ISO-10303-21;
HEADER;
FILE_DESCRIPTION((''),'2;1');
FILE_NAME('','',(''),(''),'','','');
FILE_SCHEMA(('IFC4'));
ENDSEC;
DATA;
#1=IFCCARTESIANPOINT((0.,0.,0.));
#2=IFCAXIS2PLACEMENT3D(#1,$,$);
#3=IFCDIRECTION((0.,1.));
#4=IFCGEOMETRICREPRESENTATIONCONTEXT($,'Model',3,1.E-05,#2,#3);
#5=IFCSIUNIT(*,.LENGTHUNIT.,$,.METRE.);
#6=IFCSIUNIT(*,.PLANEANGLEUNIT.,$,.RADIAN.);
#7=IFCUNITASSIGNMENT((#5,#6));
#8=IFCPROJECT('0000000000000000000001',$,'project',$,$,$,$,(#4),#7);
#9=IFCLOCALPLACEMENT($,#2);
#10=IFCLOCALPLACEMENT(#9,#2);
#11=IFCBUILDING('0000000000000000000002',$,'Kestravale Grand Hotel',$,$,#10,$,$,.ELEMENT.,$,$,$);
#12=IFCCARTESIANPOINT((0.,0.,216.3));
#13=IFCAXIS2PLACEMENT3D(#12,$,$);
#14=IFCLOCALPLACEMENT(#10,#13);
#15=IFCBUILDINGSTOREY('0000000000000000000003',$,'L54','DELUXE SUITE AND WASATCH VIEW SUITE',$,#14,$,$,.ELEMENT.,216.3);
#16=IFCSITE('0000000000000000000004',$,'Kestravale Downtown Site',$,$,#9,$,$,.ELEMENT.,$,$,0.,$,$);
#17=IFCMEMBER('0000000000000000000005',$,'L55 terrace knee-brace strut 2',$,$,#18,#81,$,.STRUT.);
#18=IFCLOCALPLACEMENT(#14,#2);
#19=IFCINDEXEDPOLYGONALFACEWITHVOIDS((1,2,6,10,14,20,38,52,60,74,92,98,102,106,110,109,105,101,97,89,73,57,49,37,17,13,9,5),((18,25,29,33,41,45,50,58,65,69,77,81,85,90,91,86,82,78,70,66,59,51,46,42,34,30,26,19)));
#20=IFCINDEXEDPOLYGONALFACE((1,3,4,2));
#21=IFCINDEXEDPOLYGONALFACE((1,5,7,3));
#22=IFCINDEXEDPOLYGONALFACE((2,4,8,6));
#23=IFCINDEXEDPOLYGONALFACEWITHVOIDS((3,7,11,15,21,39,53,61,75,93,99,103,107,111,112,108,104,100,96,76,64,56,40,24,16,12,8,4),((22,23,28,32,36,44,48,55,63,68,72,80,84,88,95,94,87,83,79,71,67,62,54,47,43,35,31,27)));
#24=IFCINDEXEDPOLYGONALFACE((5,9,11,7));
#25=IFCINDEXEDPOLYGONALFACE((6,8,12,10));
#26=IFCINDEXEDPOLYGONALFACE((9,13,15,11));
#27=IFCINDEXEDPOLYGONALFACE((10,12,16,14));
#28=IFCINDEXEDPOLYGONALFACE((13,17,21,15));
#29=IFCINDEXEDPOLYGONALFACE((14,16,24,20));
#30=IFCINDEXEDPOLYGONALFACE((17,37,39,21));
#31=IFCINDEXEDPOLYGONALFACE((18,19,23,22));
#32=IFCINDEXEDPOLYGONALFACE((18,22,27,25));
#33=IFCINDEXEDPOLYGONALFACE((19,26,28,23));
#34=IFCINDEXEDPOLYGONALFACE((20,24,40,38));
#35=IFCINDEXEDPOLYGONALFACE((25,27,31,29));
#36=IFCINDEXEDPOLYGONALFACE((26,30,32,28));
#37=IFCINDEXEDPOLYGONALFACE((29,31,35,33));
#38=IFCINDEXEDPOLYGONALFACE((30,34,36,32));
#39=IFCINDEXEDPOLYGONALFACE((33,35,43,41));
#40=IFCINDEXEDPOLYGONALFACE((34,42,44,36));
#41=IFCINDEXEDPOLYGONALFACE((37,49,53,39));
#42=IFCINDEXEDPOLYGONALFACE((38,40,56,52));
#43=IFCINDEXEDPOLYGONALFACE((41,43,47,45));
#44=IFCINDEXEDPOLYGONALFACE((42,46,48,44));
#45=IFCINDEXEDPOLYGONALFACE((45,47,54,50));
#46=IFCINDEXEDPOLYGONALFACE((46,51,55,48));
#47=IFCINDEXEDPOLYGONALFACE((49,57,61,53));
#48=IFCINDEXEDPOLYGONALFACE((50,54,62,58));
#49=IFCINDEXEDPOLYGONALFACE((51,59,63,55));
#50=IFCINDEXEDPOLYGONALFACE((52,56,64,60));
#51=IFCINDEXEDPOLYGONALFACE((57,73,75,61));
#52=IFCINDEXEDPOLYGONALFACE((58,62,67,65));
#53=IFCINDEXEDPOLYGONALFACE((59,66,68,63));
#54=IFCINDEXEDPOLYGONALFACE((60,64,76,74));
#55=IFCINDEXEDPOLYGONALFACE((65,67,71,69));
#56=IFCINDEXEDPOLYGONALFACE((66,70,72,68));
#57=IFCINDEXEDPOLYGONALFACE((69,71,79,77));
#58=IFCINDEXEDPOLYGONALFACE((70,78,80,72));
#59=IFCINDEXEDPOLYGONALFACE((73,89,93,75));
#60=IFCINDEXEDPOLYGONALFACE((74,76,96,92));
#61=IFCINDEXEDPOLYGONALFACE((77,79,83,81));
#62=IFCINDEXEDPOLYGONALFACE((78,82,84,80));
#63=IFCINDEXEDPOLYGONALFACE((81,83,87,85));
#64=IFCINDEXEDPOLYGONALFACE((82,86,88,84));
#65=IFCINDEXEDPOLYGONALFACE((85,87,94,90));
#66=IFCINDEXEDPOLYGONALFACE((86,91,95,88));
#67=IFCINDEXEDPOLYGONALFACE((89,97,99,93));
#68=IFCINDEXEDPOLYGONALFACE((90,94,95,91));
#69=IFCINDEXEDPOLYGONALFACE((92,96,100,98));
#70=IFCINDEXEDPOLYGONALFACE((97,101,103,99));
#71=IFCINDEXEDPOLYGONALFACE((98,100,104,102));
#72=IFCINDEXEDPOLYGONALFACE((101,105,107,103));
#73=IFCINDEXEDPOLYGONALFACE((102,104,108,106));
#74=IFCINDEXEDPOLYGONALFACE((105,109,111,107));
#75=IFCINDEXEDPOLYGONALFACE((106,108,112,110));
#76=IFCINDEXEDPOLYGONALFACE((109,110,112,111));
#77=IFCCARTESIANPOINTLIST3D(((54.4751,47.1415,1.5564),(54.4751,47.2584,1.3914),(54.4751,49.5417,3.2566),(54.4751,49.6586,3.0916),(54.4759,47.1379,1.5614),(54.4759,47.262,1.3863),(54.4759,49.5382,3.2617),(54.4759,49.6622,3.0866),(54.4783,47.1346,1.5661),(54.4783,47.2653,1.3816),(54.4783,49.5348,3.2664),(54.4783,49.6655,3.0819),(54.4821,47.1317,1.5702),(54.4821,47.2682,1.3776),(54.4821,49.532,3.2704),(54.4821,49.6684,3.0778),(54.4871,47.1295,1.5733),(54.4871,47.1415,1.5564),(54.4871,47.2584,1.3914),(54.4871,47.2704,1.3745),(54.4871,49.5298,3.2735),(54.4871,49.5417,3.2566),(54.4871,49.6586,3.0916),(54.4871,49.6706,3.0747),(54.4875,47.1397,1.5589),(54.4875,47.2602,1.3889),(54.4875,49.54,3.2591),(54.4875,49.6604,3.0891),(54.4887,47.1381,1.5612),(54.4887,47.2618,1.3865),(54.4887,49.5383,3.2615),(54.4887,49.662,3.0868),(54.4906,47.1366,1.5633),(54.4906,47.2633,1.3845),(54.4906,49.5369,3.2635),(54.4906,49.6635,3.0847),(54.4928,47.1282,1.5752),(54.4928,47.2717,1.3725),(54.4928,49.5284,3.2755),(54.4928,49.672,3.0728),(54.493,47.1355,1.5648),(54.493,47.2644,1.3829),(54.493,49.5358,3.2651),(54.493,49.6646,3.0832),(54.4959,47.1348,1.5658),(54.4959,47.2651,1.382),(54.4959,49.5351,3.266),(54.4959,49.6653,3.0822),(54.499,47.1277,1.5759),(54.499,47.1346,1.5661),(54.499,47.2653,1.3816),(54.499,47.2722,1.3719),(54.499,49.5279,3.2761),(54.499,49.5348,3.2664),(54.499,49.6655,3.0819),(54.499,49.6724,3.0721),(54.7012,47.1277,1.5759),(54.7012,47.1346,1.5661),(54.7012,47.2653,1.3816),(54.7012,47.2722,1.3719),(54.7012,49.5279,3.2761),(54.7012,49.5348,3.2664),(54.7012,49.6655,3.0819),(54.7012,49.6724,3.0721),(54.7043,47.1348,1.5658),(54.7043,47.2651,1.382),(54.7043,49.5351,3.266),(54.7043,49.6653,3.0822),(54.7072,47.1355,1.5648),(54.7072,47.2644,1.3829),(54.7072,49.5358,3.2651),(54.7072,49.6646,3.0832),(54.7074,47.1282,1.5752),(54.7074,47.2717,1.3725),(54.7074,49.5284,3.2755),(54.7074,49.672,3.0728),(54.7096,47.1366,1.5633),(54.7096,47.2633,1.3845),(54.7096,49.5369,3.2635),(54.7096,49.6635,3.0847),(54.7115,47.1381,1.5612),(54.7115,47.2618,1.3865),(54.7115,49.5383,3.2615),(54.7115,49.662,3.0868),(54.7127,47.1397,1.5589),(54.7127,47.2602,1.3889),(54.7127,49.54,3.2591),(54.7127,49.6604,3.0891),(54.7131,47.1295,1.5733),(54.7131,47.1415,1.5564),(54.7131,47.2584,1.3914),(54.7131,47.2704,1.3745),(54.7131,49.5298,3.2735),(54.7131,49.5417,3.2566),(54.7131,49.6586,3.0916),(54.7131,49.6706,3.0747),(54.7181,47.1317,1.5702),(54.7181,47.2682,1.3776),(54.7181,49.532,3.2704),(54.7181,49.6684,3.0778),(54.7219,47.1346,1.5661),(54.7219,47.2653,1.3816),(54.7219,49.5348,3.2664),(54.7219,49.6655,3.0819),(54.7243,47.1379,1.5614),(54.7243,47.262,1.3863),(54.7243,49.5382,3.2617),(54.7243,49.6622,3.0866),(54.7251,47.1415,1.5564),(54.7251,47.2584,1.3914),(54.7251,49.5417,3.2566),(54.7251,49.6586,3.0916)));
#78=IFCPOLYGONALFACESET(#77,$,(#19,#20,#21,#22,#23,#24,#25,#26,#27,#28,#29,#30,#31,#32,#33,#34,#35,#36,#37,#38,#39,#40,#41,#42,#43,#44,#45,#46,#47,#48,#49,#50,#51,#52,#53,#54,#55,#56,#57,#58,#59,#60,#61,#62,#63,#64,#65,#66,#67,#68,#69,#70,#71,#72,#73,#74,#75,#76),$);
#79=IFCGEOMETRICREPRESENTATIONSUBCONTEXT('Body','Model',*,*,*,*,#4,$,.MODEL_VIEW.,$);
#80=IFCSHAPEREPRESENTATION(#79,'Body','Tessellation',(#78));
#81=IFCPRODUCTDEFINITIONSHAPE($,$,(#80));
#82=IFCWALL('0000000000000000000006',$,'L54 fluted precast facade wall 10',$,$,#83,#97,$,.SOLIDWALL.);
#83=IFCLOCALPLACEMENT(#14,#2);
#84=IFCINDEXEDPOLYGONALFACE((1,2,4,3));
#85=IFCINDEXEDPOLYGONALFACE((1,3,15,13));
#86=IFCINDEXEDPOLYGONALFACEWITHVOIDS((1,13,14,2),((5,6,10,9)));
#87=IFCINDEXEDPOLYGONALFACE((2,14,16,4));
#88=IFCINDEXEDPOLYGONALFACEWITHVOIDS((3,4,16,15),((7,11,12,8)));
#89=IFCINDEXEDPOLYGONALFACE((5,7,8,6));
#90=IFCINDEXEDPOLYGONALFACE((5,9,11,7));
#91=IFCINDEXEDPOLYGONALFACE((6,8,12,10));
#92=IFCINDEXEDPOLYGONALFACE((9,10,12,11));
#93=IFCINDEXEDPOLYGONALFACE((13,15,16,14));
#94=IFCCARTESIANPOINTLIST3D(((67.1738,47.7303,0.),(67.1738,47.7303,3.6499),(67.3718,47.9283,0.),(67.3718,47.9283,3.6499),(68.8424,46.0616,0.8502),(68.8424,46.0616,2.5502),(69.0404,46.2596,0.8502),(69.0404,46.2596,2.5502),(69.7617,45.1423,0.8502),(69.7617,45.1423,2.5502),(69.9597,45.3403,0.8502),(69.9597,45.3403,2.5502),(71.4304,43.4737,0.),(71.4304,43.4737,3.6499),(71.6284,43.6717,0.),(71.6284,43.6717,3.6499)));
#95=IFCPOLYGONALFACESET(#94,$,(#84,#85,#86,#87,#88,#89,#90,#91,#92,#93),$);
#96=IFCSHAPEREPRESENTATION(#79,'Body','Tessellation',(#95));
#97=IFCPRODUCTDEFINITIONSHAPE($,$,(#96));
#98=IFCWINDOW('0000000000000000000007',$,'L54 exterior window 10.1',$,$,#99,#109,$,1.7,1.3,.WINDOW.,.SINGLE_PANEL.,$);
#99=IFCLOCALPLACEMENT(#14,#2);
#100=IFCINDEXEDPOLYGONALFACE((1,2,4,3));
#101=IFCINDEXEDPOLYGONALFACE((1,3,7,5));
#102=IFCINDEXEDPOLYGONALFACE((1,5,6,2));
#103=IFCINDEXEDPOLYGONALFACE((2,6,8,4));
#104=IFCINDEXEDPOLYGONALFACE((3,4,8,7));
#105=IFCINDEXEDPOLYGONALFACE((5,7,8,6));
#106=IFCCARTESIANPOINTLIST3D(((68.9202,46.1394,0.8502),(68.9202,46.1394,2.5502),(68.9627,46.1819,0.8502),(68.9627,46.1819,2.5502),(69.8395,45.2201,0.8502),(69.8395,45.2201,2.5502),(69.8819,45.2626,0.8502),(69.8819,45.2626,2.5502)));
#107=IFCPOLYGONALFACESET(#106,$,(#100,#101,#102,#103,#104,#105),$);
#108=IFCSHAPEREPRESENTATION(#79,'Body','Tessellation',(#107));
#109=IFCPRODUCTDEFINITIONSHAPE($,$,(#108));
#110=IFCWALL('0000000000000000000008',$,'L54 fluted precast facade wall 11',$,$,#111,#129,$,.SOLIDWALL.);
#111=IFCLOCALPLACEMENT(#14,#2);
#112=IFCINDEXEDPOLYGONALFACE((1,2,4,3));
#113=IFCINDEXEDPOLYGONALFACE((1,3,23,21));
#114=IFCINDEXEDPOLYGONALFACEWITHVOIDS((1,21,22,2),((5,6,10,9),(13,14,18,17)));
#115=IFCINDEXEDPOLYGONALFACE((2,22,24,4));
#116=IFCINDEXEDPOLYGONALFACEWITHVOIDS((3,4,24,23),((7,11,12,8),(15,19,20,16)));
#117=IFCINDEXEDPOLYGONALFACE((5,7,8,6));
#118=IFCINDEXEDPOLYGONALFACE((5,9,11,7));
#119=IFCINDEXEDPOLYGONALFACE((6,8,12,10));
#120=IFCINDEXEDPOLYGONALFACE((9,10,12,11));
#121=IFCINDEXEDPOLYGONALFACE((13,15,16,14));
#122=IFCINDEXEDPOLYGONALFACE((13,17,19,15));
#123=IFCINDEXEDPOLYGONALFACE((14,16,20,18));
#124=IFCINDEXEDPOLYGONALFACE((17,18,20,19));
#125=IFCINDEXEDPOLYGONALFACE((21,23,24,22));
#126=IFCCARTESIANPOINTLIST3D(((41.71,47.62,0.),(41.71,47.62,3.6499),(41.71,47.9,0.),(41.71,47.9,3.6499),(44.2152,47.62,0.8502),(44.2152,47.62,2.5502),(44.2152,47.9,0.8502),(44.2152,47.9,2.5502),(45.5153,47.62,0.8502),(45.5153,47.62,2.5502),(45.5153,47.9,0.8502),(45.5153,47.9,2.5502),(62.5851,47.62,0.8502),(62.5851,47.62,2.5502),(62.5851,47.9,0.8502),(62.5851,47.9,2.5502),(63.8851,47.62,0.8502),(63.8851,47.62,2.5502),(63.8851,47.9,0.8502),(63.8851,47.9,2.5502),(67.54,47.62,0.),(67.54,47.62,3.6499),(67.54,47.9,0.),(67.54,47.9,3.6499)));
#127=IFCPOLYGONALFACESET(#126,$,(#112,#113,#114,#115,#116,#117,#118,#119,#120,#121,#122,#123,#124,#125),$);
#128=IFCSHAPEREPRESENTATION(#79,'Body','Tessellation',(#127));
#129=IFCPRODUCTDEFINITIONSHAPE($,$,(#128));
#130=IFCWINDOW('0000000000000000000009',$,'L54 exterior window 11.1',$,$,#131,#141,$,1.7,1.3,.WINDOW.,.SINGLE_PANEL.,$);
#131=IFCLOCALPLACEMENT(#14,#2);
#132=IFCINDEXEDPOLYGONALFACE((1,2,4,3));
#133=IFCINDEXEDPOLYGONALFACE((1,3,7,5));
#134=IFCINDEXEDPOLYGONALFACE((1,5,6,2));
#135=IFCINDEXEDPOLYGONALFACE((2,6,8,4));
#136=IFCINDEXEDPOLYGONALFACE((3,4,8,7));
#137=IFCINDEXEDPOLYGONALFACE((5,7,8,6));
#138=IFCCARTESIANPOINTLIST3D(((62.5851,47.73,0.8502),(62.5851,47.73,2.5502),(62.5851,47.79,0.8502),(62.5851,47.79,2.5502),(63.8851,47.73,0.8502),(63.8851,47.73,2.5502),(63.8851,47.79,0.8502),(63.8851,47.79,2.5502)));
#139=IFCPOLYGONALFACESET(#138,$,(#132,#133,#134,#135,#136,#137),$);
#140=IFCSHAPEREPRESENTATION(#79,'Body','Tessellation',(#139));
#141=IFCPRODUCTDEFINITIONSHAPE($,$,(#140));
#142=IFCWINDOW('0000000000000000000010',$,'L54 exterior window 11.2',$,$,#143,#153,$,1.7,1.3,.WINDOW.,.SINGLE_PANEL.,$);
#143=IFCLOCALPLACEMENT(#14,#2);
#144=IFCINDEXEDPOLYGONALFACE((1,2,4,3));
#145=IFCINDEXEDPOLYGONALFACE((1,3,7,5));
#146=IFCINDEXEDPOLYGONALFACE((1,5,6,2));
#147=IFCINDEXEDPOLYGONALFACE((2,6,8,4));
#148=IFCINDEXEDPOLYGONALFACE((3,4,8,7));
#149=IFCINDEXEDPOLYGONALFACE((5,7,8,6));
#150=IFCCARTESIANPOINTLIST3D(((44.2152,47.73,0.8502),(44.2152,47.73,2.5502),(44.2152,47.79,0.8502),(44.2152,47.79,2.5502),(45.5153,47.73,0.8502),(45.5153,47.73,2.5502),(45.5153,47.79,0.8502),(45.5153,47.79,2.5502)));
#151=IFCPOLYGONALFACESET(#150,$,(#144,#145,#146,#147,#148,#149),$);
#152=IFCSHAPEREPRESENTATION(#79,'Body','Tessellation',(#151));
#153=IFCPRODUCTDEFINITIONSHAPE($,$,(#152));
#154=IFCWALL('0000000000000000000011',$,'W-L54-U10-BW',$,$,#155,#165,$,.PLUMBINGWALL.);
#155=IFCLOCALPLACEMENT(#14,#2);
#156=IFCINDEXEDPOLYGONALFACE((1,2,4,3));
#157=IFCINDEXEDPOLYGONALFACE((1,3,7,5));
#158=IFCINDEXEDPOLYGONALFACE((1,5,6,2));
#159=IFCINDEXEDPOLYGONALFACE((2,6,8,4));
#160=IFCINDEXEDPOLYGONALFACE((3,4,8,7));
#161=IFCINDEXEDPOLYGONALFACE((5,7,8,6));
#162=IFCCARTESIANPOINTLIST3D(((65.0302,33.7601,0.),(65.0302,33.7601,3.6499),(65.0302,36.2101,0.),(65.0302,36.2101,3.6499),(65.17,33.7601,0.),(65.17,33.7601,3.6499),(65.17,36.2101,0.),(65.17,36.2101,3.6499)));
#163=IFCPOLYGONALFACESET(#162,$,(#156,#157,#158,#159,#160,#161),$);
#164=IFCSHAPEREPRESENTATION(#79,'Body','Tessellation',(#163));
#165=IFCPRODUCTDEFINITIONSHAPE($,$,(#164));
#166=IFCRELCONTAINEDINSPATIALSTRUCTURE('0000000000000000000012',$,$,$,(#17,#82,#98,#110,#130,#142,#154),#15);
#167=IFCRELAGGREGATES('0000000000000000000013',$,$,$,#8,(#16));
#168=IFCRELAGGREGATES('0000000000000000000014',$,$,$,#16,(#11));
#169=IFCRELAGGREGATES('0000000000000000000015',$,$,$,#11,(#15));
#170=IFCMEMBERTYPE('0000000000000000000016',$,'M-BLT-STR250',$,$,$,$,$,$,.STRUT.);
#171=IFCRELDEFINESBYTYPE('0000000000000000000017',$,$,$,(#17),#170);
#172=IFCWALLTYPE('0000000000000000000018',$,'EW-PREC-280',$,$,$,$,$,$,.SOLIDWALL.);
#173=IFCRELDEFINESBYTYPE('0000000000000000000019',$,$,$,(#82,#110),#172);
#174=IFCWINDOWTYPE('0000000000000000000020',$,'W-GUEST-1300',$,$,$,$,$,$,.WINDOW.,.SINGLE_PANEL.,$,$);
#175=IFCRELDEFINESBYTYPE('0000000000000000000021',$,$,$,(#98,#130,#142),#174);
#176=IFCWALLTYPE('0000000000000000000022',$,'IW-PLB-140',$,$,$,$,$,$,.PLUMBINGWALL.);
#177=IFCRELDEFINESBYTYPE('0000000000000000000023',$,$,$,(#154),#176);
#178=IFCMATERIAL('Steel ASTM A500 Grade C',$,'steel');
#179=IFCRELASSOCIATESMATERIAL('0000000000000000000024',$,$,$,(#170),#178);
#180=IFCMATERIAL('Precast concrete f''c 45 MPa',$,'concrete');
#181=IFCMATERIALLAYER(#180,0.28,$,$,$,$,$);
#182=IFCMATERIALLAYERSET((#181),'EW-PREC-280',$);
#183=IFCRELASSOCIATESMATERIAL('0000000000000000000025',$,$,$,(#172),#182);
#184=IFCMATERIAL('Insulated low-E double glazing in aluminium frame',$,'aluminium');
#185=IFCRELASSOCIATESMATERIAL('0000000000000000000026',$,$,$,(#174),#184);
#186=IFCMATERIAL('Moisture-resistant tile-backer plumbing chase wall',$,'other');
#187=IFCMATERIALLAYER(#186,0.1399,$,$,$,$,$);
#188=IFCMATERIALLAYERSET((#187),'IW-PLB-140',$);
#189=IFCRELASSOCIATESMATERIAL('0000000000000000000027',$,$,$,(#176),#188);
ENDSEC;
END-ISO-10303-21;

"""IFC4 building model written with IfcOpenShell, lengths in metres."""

from ifc_helpers import new_model, si_unit, direction, frame, frame_2d, origin, origin_2d, place, context, subcontext, project, spatial, rectangle, hollow_rectangle, extrude, material, layer, layer_set, material_profile, profile_set, type_object, element, fill, save


model = new_model("IFC4")

# Units and contexts
model_context = context("Model", 3, precision=1e-05, world=origin(), true_north=direction((0.0, 1.0)))
body_context = subcontext(model_context, "Body", "Model", "MODEL_VIEW")
ifc_project = project(units=[si_unit("LENGTHUNIT", "METRE"), si_unit("PLANEANGLEUNIT", "RADIAN")], contexts=[model_context])

# Site, building, storey
site_placement = place(None, origin())
site = spatial("IfcSite", under=ifc_project, at=site_placement, Name="Kestravale Downtown Site", CompositionType="ELEMENT", RefElevation=0.0)
building_placement = place(site_placement, origin())
building = spatial("IfcBuilding", under=site, at=building_placement, Name="Kestravale Grand Hotel", CompositionType="ELEMENT")
storey_placement = place(building_placement, frame((0.0, 0.0, 216.3)))
storey = spatial("IfcBuildingStorey", under=building, at=storey_placement, Name="L54", Description="DELUXE SUITE AND WASATCH VIEW SUITE", CompositionType="ELEMENT", Elevation=216.3)

# Member
ifc_material_1 = material(Name="Steel ASTM A500 Grade C", Category="steel")
ifc_material_profile_1 = material_profile(ifc_material_1, hollow_rectangle(XDim=0.25, YDim=0.25, WallThickness=0.012, InnerFilletRadius=0.012, OuterFilletRadius=0.0239, at=origin_2d()))
ifc_profile_set_1 = profile_set([ifc_material_profile_1], Name="Steel ASTM A500 Grade C")
member_type = type_object("IfcMemberType", Name="M-BLT-STR250", PredefinedType="STRUT", material=ifc_profile_set_1)
member_placement = place(storey_placement, frame((54.6001, 47.2, 1.4739), z_axis=(0.0, 0.81601, 0.578038), x_axis=(-1.0, 0.0, 0.0)))
element("IfcMember", 1, at=member_placement, inside=storey, type_object=member_type, Name="L55 terrace knee-brace strut 2", PredefinedType="STRUT", context=body_context, shape_type="SweptSolid", body=[
    extrude(hollow_rectangle(XDim=0.25, YDim=0.25, WallThickness=0.012, InnerFilletRadius=0.012, OuterFilletRadius=0.0239, at=origin_2d()), origin(), (0.0, 0.0, 1.0), 2.9414),
])

# Wall, opening, window
ifc_material_2 = material(Name="Precast concrete f'c 45 MPa", Category="concrete")
ifc_layer_1 = layer(ifc_material_2, 0.28)
ifc_layer_set_1 = layer_set([ifc_layer_1], Name="EW-PREC-280")
wall_type_1 = type_object("IfcWallType", Name="EW-PREC-280", PredefinedType="SOLIDWALL", material=ifc_layer_set_1)
wall_1_placement = place(storey_placement, frame((71.5293, 43.5728, 0.0), z_axis=(0.0, 0.0, 1.0), x_axis=(-0.707107, 0.707107, 0.0)))
wall_1 = element("IfcWall", 2, at=wall_1_placement, inside=storey, type_object=wall_type_1, Name="L54 fluted precast facade wall 10", PredefinedType="SOLIDWALL", context=body_context, shape_type="SweptSolid", body=[
    extrude(rectangle(XDim=6.0198, YDim=0.28, at=frame_2d((3.0098, 0.0))), origin(), (0.0, 0.0, 1.0), 3.6499),
])
opening_1_placement = place(wall_1_placement, frame((2.3599, 0.0, 0.8501)))
opening_1 = element("IfcOpeningElement", 3, at=opening_1_placement, cuts=wall_1, PredefinedType="OPENING", context=body_context, shape_type="SweptSolid", body=[
    extrude(rectangle(XDim=1.3, YDim=1.7, at=frame_2d((0.6499, 0.8501))), frame((0.0, 0.1499, 0.0), z_axis=(0.0, -1.0, 0.0), x_axis=(1.0, 0.0, 0.0)), (0.0, 0.0, 1.0), 0.3),
])
ifc_material_3 = material(Name="Insulated low-E double glazing in aluminium frame", Category="aluminium")
window_type = type_object("IfcWindowType", Name="W-GUEST-1300", PartitioningType="SINGLE_PANEL", PredefinedType="WINDOW", material=ifc_material_3)
window_1_placement = place(opening_1_placement, origin())
window_1 = element("IfcWindow", 4, at=window_1_placement, inside=storey, type_object=window_type, Name="L54 exterior window 10.1", OverallHeight=1.7, OverallWidth=1.3, PartitioningType="SINGLE_PANEL", PredefinedType="WINDOW", context=body_context, shape_type="SweptSolid", body=[
    extrude(rectangle(XDim=1.3, YDim=1.7, at=frame_2d((0.6499, 0.8501))), frame((0.0, 0.03, 0.0), z_axis=(0.0, -1.0, 0.0), x_axis=(1.0, 0.0, 0.0)), (0.0, 0.0, 1.0), 0.0601),
])
fill(opening_1, window_1)

# Wall, openings, windows
wall_2_placement = place(storey_placement, frame((67.54, 47.76, 0.0), z_axis=(0.0, 0.0, 1.0), x_axis=(-1.0, 0.0, 0.0)))
wall_2 = element("IfcWall", 5, at=wall_2_placement, inside=storey, type_object=wall_type_1, Name="L54 fluted precast facade wall 11", PredefinedType="SOLIDWALL", context=body_context, shape_type="SweptSolid", body=[
    extrude(rectangle(XDim=25.8301, YDim=0.28, at=frame_2d((12.915, 0.0))), origin(), (0.0, 0.0, 1.0), 3.6499),
])
opening_2_placement = place(wall_2_placement, frame((3.655, 0.0, 0.8501)))
opening_2 = element("IfcOpeningElement", 6, at=opening_2_placement, cuts=wall_2, PredefinedType="OPENING", context=body_context, shape_type="SweptSolid", body=[
    extrude(rectangle(XDim=1.3, YDim=1.7, at=frame_2d((0.6499, 0.8501))), frame((0.0, 0.1499, 0.0), z_axis=(0.0, -1.0, 0.0), x_axis=(1.0, 0.0, 0.0)), (0.0, 0.0, 1.0), 0.3),
])
opening_3_placement = place(wall_2_placement, frame((22.0249, 0.0, 0.8501)))
opening_3 = element("IfcOpeningElement", 7, at=opening_3_placement, cuts=wall_2, PredefinedType="OPENING", context=body_context, shape_type="SweptSolid", body=[
    extrude(rectangle(XDim=1.3, YDim=1.7, at=frame_2d((0.6499, 0.8501))), frame((0.0, 0.1499, 0.0), z_axis=(0.0, -1.0, 0.0), x_axis=(1.0, 0.0, 0.0)), (0.0, 0.0, 1.0), 0.3),
])
window_2_placement = place(opening_2_placement, origin())
window_2 = element("IfcWindow", 8, at=window_2_placement, inside=storey, type_object=window_type, Name="L54 exterior window 11.1", OverallHeight=1.7, OverallWidth=1.3, PartitioningType="SINGLE_PANEL", PredefinedType="WINDOW", context=body_context, shape_type="SweptSolid", body=[
    extrude(rectangle(XDim=1.3, YDim=1.7, at=frame_2d((0.6499, 0.8501))), frame((0.0, 0.03, 0.0), z_axis=(0.0, -1.0, 0.0), x_axis=(1.0, 0.0, 0.0)), (0.0, 0.0, 1.0), 0.0601),
])
fill(opening_2, window_2)
window_3_placement = place(opening_3_placement, origin())
window_3 = element("IfcWindow", 9, at=window_3_placement, inside=storey, type_object=window_type, Name="L54 exterior window 11.2", OverallHeight=1.7, OverallWidth=1.3, PartitioningType="SINGLE_PANEL", PredefinedType="WINDOW", context=body_context, shape_type="SweptSolid", body=[
    extrude(rectangle(XDim=1.3, YDim=1.7, at=frame_2d((0.6499, 0.8501))), frame((0.0, 0.03, 0.0), z_axis=(0.0, -1.0, 0.0), x_axis=(1.0, 0.0, 0.0)), (0.0, 0.0, 1.0), 0.0601),
])
fill(opening_3, window_3)

# Wall
ifc_material_4 = material(Name="Moisture-resistant tile-backer plumbing chase wall", Category="other")
ifc_layer_2 = layer(ifc_material_4, 0.1399)
ifc_layer_set_2 = layer_set([ifc_layer_2], Name="IW-PLB-140")
wall_type_2 = type_object("IfcWallType", Name="IW-PLB-140", PredefinedType="PLUMBINGWALL", material=ifc_layer_set_2)
wall_3_placement = place(storey_placement, frame((65.1001, 33.76, 0.0), z_axis=(0.0, 0.0, 1.0), x_axis=(0.0, 1.0, 0.0)))
element("IfcWall", 10, at=wall_3_placement, inside=storey, type_object=wall_type_2, Name="W-L54-U10-BW", PredefinedType="PLUMBINGWALL", context=body_context, shape_type="SweptSolid", body=[
    extrude(rectangle(XDim=2.45, YDim=0.1399, at=frame_2d((1.2251, 0.0))), origin(), (0.0, 0.0, 1.0), 3.6499),
])

save(model, "model.ifc")
